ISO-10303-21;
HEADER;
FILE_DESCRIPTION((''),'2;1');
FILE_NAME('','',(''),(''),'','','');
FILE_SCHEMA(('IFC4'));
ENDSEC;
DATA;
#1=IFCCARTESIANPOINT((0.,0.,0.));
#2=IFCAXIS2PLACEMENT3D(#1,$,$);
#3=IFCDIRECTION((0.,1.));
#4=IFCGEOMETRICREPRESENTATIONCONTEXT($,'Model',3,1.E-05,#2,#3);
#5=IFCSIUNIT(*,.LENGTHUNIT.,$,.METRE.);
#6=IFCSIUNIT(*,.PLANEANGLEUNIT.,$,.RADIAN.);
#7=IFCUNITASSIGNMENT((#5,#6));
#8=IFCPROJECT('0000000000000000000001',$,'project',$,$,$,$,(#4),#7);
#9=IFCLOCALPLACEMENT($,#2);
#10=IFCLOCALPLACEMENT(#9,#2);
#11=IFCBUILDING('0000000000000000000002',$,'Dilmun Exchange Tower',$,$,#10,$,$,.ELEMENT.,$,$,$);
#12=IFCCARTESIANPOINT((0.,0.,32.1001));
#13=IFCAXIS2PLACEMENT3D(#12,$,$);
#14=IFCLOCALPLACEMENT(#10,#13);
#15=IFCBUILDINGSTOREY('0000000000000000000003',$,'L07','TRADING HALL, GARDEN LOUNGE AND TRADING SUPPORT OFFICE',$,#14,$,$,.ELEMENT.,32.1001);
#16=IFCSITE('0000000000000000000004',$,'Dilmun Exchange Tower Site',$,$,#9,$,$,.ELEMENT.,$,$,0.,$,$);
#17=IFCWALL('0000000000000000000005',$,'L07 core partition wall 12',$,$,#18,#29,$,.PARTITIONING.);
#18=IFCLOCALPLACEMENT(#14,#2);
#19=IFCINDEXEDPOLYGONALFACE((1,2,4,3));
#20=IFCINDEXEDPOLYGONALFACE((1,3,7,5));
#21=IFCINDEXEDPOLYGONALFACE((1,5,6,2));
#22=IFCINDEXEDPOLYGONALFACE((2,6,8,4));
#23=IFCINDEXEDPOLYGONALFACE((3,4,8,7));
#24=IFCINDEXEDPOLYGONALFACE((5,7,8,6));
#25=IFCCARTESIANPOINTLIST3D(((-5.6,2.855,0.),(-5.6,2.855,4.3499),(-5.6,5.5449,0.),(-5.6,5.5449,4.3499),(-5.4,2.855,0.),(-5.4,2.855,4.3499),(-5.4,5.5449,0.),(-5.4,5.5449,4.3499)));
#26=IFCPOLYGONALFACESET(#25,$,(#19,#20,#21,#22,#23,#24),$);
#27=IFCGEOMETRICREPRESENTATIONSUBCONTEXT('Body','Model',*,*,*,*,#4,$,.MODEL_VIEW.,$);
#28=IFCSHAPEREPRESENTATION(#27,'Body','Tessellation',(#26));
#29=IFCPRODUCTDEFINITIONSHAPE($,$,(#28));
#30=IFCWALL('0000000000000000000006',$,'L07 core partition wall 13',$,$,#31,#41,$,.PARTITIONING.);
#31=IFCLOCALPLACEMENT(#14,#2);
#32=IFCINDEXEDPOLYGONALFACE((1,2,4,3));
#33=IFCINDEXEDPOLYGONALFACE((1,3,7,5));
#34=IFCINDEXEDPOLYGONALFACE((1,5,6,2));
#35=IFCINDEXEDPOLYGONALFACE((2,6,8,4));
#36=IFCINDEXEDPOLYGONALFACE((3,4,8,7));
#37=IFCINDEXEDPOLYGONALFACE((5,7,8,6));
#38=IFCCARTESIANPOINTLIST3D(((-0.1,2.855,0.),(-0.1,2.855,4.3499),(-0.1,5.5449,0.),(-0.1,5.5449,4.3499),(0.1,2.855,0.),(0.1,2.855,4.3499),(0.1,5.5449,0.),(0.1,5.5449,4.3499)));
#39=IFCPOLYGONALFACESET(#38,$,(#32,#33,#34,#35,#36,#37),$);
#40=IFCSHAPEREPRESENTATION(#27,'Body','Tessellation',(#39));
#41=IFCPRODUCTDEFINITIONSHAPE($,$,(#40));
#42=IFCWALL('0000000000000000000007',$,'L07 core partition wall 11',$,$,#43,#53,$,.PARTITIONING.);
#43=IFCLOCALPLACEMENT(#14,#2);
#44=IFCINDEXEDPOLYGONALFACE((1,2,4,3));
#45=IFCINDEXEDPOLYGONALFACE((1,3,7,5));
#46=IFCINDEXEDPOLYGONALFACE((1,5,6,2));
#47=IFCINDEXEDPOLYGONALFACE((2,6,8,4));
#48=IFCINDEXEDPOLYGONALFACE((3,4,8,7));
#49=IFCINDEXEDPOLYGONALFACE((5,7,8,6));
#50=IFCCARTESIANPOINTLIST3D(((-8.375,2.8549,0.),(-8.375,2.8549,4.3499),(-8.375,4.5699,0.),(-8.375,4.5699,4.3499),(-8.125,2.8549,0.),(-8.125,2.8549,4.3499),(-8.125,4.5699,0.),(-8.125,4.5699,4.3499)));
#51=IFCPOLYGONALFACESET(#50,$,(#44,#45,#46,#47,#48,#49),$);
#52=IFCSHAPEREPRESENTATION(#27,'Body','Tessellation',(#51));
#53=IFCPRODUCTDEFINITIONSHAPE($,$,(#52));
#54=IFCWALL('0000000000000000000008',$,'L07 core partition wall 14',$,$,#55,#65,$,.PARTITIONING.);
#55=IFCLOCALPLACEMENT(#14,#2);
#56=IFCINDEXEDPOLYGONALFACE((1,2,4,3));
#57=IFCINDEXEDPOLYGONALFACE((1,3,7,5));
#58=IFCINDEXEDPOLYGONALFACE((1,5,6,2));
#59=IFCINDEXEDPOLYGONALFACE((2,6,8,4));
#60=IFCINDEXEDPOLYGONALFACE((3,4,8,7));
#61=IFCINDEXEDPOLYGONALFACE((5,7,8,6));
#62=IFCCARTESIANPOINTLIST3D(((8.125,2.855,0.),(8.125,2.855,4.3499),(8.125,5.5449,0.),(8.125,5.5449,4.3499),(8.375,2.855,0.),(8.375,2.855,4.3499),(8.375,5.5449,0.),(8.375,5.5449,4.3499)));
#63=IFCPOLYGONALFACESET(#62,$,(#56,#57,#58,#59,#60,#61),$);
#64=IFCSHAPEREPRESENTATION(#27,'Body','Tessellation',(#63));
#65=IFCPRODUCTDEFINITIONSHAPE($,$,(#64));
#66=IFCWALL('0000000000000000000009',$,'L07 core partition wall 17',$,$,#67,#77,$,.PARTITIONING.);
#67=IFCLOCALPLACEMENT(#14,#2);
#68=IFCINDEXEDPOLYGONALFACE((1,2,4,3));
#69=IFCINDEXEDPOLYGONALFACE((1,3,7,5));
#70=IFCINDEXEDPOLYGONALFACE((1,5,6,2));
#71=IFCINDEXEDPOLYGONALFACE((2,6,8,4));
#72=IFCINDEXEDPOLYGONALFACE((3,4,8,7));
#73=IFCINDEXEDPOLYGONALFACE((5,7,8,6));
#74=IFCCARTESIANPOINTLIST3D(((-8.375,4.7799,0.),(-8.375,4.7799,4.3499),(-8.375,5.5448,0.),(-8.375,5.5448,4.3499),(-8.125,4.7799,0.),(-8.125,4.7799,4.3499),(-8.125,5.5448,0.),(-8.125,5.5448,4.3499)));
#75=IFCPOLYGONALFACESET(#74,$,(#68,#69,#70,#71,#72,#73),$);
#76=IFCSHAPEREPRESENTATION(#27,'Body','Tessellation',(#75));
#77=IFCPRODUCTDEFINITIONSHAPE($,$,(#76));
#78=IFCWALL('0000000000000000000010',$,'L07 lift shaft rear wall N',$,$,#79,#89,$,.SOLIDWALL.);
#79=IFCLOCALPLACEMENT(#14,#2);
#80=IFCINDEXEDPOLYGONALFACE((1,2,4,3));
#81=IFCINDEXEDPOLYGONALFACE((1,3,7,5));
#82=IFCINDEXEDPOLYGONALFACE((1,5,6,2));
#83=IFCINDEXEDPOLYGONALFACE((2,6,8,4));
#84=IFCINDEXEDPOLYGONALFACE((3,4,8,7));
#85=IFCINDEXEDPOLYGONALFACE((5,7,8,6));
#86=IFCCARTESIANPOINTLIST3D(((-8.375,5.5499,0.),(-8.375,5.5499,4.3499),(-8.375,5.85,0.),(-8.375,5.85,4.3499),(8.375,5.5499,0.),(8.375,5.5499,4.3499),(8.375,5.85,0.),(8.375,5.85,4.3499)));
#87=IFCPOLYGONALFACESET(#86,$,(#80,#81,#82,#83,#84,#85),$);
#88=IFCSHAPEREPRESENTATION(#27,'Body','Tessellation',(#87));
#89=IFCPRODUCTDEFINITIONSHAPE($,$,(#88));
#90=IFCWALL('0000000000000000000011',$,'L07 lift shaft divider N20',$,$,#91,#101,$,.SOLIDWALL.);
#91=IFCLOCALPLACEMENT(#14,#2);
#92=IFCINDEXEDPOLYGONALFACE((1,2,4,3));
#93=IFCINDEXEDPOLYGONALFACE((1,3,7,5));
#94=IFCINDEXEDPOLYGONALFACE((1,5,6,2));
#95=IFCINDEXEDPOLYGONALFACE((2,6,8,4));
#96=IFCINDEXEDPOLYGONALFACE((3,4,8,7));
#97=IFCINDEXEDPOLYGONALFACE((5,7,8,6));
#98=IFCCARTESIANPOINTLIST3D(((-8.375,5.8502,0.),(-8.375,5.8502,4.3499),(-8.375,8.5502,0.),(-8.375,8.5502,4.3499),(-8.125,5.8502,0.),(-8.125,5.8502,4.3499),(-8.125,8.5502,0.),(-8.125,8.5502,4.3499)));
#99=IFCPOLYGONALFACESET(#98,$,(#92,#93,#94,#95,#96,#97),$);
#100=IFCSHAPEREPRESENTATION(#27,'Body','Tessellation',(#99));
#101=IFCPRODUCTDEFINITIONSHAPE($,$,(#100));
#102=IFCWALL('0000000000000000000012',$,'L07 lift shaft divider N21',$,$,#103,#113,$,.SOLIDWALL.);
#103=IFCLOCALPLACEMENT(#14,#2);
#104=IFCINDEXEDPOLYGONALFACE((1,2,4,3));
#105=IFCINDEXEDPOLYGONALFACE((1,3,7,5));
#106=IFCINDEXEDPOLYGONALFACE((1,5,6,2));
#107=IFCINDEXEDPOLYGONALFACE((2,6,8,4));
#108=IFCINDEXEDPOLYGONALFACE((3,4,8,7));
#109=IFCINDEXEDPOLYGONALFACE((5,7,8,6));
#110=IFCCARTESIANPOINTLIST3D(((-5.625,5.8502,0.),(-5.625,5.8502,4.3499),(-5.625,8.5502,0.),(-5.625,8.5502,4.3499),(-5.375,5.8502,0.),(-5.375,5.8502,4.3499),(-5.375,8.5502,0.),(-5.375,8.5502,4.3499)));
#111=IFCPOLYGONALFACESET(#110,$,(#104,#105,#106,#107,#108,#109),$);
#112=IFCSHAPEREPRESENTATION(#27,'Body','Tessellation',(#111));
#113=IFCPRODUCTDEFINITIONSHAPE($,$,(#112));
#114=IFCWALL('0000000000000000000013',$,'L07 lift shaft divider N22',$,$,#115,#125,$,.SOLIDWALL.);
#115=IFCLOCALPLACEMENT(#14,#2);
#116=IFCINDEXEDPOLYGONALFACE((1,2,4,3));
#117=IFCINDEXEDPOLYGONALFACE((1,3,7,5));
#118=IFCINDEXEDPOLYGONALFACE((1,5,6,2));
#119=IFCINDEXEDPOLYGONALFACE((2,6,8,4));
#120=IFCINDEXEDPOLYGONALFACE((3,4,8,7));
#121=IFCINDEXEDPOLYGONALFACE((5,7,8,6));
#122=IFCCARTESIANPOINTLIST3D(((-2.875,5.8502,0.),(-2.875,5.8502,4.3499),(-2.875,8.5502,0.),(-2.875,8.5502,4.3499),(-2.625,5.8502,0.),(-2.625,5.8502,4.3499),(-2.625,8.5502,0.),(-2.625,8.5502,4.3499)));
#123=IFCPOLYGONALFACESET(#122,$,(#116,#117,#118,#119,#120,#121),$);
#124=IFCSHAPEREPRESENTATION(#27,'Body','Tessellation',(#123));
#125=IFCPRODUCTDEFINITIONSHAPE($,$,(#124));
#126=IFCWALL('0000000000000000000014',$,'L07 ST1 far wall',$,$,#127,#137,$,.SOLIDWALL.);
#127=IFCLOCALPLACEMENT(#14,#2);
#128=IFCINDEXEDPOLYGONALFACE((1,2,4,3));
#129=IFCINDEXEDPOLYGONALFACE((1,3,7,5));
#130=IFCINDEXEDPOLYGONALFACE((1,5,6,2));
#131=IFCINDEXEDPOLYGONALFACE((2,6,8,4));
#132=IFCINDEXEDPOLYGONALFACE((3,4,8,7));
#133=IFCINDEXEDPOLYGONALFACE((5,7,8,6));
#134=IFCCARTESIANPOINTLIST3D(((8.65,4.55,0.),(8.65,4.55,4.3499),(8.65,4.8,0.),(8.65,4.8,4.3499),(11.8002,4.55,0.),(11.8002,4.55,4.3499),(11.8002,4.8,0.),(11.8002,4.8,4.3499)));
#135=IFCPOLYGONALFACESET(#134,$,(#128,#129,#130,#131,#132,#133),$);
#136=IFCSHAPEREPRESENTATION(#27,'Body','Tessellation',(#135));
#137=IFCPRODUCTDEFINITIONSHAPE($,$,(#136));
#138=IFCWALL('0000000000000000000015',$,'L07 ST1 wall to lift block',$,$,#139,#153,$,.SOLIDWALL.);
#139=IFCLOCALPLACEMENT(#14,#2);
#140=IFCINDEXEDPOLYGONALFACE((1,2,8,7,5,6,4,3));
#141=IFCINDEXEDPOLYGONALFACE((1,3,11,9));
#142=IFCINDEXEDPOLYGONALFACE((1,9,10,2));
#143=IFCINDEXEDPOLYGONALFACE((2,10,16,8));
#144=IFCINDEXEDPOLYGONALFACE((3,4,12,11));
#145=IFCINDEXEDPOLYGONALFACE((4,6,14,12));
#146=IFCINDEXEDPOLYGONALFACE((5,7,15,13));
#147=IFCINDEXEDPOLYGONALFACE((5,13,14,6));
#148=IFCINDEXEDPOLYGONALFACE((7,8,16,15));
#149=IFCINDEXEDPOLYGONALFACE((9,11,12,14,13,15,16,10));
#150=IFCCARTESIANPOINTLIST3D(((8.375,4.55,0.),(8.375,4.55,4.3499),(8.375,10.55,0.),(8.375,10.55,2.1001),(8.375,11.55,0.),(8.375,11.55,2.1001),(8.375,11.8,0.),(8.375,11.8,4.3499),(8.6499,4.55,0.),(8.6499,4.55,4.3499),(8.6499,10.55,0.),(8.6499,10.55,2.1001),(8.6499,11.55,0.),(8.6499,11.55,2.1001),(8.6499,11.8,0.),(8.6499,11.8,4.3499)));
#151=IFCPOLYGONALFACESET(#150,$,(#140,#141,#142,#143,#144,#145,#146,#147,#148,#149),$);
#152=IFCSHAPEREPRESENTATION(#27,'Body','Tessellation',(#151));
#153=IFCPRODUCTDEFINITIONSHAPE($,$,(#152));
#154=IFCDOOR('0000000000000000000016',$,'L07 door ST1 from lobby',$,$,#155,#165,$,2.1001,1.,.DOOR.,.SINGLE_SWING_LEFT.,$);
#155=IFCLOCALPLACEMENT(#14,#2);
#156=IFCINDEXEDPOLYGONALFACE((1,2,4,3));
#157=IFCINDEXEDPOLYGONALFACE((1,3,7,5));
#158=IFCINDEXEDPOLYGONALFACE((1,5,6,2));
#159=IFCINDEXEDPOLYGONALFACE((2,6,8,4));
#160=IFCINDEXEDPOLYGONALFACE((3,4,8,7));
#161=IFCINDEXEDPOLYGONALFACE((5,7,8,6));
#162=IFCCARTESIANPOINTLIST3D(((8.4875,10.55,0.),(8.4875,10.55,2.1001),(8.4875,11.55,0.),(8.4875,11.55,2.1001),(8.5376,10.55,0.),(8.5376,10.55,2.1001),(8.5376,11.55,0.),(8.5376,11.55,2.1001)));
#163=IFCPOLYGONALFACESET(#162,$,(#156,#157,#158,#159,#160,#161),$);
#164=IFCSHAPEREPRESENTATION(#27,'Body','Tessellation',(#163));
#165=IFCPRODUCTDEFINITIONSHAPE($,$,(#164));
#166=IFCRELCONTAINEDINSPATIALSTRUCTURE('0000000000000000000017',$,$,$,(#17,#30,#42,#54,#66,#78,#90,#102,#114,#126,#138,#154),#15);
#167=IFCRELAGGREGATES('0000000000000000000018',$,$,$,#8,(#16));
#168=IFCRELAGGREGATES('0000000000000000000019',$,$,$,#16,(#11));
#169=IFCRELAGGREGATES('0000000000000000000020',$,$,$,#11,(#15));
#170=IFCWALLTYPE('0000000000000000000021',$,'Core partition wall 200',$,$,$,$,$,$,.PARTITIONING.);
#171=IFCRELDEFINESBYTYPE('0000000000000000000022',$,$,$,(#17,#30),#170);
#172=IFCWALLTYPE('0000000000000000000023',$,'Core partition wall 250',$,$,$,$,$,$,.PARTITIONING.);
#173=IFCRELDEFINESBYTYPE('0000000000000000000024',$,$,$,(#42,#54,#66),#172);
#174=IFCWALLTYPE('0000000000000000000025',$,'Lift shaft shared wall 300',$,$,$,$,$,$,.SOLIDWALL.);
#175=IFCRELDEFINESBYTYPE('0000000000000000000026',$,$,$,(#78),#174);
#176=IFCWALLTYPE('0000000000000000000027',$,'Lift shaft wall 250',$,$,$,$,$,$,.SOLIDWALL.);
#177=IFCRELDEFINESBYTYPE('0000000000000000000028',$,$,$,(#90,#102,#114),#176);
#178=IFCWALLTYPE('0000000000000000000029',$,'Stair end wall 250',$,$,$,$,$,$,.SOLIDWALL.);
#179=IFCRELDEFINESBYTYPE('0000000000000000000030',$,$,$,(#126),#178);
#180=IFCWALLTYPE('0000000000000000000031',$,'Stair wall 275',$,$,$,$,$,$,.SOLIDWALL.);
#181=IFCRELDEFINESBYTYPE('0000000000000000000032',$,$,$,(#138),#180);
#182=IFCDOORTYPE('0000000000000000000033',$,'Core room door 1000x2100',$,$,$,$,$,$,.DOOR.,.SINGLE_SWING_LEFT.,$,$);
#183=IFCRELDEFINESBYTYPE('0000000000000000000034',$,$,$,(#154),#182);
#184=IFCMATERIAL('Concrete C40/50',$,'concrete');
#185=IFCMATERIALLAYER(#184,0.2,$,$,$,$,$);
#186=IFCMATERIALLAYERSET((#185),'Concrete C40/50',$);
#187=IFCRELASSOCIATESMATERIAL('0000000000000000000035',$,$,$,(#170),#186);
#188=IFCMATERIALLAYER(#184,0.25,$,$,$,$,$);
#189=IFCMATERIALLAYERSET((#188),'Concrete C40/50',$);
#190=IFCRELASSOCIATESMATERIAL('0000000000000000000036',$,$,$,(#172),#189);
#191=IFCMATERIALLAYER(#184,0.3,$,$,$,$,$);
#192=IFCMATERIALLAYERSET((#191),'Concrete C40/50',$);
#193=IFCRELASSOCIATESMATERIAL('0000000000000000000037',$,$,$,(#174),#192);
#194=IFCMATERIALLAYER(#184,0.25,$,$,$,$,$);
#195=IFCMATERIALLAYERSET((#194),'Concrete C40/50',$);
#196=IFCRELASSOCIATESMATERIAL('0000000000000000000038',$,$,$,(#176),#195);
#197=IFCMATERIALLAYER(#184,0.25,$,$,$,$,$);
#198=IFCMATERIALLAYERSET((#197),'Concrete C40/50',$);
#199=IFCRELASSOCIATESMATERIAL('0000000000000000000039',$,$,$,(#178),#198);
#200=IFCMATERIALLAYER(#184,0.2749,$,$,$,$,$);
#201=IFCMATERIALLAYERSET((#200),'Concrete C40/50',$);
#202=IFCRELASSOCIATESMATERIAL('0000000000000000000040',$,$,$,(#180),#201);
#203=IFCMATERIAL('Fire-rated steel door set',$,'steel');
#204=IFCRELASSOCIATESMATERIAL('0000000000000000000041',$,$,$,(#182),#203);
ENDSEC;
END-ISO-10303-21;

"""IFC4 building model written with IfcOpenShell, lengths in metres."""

from ifc_helpers import new_model, si_unit, direction, frame, frame_2d, origin, place, context, subcontext, project, spatial, rectangle, extrude, material, layer, layer_set, type_object, element, fill, save


model = new_model("IFC4")

# Units and contexts
model_context = context("Model", 3, precision=1e-05, world=origin(), true_north=direction((0.0, 1.0)))
body_context = subcontext(model_context, "Body", "Model", "MODEL_VIEW")
ifc_project = project(units=[si_unit("LENGTHUNIT", "METRE"), si_unit("PLANEANGLEUNIT", "RADIAN")], contexts=[model_context])

# Site, building, storey
site_placement = place(None, origin())
site = spatial("IfcSite", under=ifc_project, at=site_placement, Name="Dilmun Exchange Tower Site", CompositionType="ELEMENT", RefElevation=0.0)
building_placement = place(site_placement, origin())
building = spatial("IfcBuilding", under=site, at=building_placement, Name="Dilmun Exchange Tower", CompositionType="ELEMENT")
storey_placement = place(building_placement, frame((0.0, 0.0, 32.1001)))
storey = spatial("IfcBuildingStorey", under=building, at=storey_placement, Name="L07", Description="TRADING HALL, GARDEN LOUNGE AND TRADING SUPPORT OFFICE", CompositionType="ELEMENT", Elevation=32.1001)

# Walls
ifc_material_1 = material(Name="Concrete C40/50", Category="concrete")
ifc_layer_1 = layer(ifc_material_1, 0.2)
ifc_layer_set_1 = layer_set([ifc_layer_1], Name="Concrete C40/50")
wall_type_1 = type_object("IfcWallType", Name="Core partition wall 200", PredefinedType="PARTITIONING", material=ifc_layer_set_1)
for number, where, z_axis, x_axis, name in (
    (1, (-5.5, 2.855, 0.0), (0.0, 0.0, 1.0), (0.0, 1.0, 0.0), "L07 core partition wall 12"),
    (2, (0.0, 2.855, 0.0), (0.0, 0.0, 1.0), (0.0, 1.0, 0.0), "L07 core partition wall 13"),
):
    element("IfcWall", number, at=place(storey_placement, frame(where, z_axis=z_axis, x_axis=x_axis)), inside=storey, type_object=wall_type_1, Name=name, PredefinedType="PARTITIONING", context=body_context, shape_type="SweptSolid", body=[
        extrude(rectangle(XDim=2.6899, YDim=0.2, at=frame_2d((1.345, 0.0))), origin(), (0.0, 0.0, 1.0), 4.3499),
    ])
ifc_layer_2 = layer(ifc_material_1, 0.25)
ifc_layer_set_2 = layer_set([ifc_layer_2], Name="Concrete C40/50")
wall_type_2 = type_object("IfcWallType", Name="Core partition wall 250", PredefinedType="PARTITIONING", material=ifc_layer_set_2)
wall_1_placement = place(storey_placement, frame((-8.25, 2.855, 0.0), z_axis=(0.0, 0.0, 1.0), x_axis=(0.0, 1.0, 0.0)))
element("IfcWall", 3, at=wall_1_placement, inside=storey, type_object=wall_type_2, Name="L07 core partition wall 11", PredefinedType="PARTITIONING", context=body_context, shape_type="SweptSolid", body=[
    extrude(rectangle(XDim=1.7151, YDim=0.25, at=frame_2d((0.8574, 0.0))), origin(), (0.0, 0.0, 1.0), 4.3499),
])
wall_2_placement = place(storey_placement, frame((8.25, 2.855, 0.0), z_axis=(0.0, 0.0, 1.0), x_axis=(0.0, 1.0, 0.0)))
element("IfcWall", 4, at=wall_2_placement, inside=storey, type_object=wall_type_2, Name="L07 core partition wall 14", PredefinedType="PARTITIONING", context=body_context, shape_type="SweptSolid", body=[
    extrude(rectangle(XDim=2.6899, YDim=0.25, at=frame_2d((1.345, 0.0))), origin(), (0.0, 0.0, 1.0), 4.3499),
])
wall_3_placement = place(storey_placement, frame((-8.25, 4.78, 0.0), z_axis=(0.0, 0.0, 1.0), x_axis=(0.0, 1.0, 0.0)))
element("IfcWall", 5, at=wall_3_placement, inside=storey, type_object=wall_type_2, Name="L07 core partition wall 17", PredefinedType="PARTITIONING", context=body_context, shape_type="SweptSolid", body=[
    extrude(rectangle(XDim=0.7649, YDim=0.25, at=frame_2d((0.3823, 0.0))), origin(), (0.0, 0.0, 1.0), 4.3499),
])
ifc_layer_3 = layer(ifc_material_1, 0.3)
ifc_layer_set_3 = layer_set([ifc_layer_3], Name="Concrete C40/50")
wall_type_3 = type_object("IfcWallType", Name="Lift shaft shared wall 300", PredefinedType="SOLIDWALL", material=ifc_layer_set_3)
wall_4_placement = place(storey_placement, frame((-8.375, 5.7, 0.0), z_axis=(0.0, 0.0, 1.0), x_axis=(1.0, 0.0, 0.0)))
element("IfcWall", 6, at=wall_4_placement, inside=storey, type_object=wall_type_3, Name="L07 lift shaft rear wall N", PredefinedType="SOLIDWALL", context=body_context, shape_type="SweptSolid", body=[
    extrude(rectangle(XDim=16.75, YDim=0.3, at=frame_2d((8.375, 0.0))), origin(), (0.0, 0.0, 1.0), 4.3499),
])
ifc_layer_4 = layer(ifc_material_1, 0.25)
ifc_layer_set_4 = layer_set([ifc_layer_4], Name="Concrete C40/50")
wall_type_4 = type_object("IfcWallType", Name="Lift shaft wall 250", PredefinedType="SOLIDWALL", material=ifc_layer_set_4)
for number, where, z_axis, x_axis, name in (
    (7, (-8.25, 5.8501, 0.0), (0.0, 0.0, 1.0), (0.0, 1.0, 0.0), "L07 lift shaft divider N20"),
    (8, (-5.5, 5.8501, 0.0), (0.0, 0.0, 1.0), (0.0, 1.0, 0.0), "L07 lift shaft divider N21"),
    (9, (-2.75, 5.8501, 0.0), (0.0, 0.0, 1.0), (0.0, 1.0, 0.0), "L07 lift shaft divider N22"),
):
    element("IfcWall", number, at=place(storey_placement, frame(where, z_axis=z_axis, x_axis=x_axis)), inside=storey, type_object=wall_type_4, Name=name, PredefinedType="SOLIDWALL", context=body_context, shape_type="SweptSolid", body=[
        extrude(rectangle(XDim=2.7, YDim=0.25, at=frame_2d((1.3501, 0.0))), origin(), (0.0, 0.0, 1.0), 4.3499),
    ])
ifc_layer_5 = layer(ifc_material_1, 0.25)
ifc_layer_set_5 = layer_set([ifc_layer_5], Name="Concrete C40/50")
wall_type_5 = type_object("IfcWallType", Name="Stair end wall 250", PredefinedType="SOLIDWALL", material=ifc_layer_set_5)
wall_5_placement = place(storey_placement, frame((8.6499, 4.675, 0.0), z_axis=(0.0, 0.0, 1.0), x_axis=(1.0, 0.0, 0.0)))
element("IfcWall", 10, at=wall_5_placement, inside=storey, type_object=wall_type_5, Name="L07 ST1 far wall", PredefinedType="SOLIDWALL", context=body_context, shape_type="SweptSolid", body=[
    extrude(rectangle(XDim=3.1501, YDim=0.25, at=frame_2d((1.5752, 0.0))), origin(), (0.0, 0.0, 1.0), 4.3499),
])

# Wall, opening, door
ifc_layer_6 = layer(ifc_material_1, 0.2749)
ifc_layer_set_6 = layer_set([ifc_layer_6], Name="Concrete C40/50")
wall_type_6 = type_object("IfcWallType", Name="Stair wall 275", PredefinedType="SOLIDWALL", material=ifc_layer_set_6)
wall_6_placement = place(storey_placement, frame((8.5125, 4.55, 0.0), z_axis=(0.0, 0.0, 1.0), x_axis=(0.0, 1.0, 0.0)))
wall_6 = element("IfcWall", 11, at=wall_6_placement, inside=storey, type_object=wall_type_6, Name="L07 ST1 wall to lift block", PredefinedType="SOLIDWALL", context=body_context, shape_type="SweptSolid", body=[
    extrude(rectangle(XDim=7.25, YDim=0.2749, at=frame_2d((3.625, 0.0))), origin(), (0.0, 0.0, 1.0), 4.3499),
])
opening_placement = place(wall_6_placement, frame((6.0, 0.0, 0.0)))
opening = element("IfcOpeningElement", 12, at=opening_placement, cuts=wall_6, PredefinedType="OPENING", context=body_context, shape_type="SweptSolid", body=[
    extrude(rectangle(XDim=1.0, YDim=2.1001, at=frame_2d((0.5, 1.05))), frame((0.0, 0.1475, 0.0), z_axis=(0.0, -1.0, 0.0), x_axis=(1.0, 0.0, 0.0)), (0.0, 0.0, 1.0), 0.2949),
])
ifc_material_2 = material(Name="Fire-rated steel door set", Category="steel")
door_type = type_object("IfcDoorType", Name="Core room door 1000x2100", OperationType="SINGLE_SWING_LEFT", PredefinedType="DOOR", material=ifc_material_2)
door_placement = place(opening_placement, origin())
door = element("IfcDoor", 13, at=door_placement, inside=storey, type_object=door_type, Name="L07 door ST1 from lobby", OperationType="SINGLE_SWING_LEFT", OverallHeight=2.1001, OverallWidth=1.0, PredefinedType="DOOR", context=body_context, shape_type="SweptSolid", body=[
    extrude(rectangle(XDim=1.0, YDim=2.1001, at=frame_2d((0.5, 1.05))), frame((0.0, 0.0249, 0.0), z_axis=(0.0, -1.0, 0.0), x_axis=(1.0, 0.0, 0.0)), (0.0, 0.0, 1.0), 0.05),
])
fill(opening, door)

save(model, "model.ifc")
